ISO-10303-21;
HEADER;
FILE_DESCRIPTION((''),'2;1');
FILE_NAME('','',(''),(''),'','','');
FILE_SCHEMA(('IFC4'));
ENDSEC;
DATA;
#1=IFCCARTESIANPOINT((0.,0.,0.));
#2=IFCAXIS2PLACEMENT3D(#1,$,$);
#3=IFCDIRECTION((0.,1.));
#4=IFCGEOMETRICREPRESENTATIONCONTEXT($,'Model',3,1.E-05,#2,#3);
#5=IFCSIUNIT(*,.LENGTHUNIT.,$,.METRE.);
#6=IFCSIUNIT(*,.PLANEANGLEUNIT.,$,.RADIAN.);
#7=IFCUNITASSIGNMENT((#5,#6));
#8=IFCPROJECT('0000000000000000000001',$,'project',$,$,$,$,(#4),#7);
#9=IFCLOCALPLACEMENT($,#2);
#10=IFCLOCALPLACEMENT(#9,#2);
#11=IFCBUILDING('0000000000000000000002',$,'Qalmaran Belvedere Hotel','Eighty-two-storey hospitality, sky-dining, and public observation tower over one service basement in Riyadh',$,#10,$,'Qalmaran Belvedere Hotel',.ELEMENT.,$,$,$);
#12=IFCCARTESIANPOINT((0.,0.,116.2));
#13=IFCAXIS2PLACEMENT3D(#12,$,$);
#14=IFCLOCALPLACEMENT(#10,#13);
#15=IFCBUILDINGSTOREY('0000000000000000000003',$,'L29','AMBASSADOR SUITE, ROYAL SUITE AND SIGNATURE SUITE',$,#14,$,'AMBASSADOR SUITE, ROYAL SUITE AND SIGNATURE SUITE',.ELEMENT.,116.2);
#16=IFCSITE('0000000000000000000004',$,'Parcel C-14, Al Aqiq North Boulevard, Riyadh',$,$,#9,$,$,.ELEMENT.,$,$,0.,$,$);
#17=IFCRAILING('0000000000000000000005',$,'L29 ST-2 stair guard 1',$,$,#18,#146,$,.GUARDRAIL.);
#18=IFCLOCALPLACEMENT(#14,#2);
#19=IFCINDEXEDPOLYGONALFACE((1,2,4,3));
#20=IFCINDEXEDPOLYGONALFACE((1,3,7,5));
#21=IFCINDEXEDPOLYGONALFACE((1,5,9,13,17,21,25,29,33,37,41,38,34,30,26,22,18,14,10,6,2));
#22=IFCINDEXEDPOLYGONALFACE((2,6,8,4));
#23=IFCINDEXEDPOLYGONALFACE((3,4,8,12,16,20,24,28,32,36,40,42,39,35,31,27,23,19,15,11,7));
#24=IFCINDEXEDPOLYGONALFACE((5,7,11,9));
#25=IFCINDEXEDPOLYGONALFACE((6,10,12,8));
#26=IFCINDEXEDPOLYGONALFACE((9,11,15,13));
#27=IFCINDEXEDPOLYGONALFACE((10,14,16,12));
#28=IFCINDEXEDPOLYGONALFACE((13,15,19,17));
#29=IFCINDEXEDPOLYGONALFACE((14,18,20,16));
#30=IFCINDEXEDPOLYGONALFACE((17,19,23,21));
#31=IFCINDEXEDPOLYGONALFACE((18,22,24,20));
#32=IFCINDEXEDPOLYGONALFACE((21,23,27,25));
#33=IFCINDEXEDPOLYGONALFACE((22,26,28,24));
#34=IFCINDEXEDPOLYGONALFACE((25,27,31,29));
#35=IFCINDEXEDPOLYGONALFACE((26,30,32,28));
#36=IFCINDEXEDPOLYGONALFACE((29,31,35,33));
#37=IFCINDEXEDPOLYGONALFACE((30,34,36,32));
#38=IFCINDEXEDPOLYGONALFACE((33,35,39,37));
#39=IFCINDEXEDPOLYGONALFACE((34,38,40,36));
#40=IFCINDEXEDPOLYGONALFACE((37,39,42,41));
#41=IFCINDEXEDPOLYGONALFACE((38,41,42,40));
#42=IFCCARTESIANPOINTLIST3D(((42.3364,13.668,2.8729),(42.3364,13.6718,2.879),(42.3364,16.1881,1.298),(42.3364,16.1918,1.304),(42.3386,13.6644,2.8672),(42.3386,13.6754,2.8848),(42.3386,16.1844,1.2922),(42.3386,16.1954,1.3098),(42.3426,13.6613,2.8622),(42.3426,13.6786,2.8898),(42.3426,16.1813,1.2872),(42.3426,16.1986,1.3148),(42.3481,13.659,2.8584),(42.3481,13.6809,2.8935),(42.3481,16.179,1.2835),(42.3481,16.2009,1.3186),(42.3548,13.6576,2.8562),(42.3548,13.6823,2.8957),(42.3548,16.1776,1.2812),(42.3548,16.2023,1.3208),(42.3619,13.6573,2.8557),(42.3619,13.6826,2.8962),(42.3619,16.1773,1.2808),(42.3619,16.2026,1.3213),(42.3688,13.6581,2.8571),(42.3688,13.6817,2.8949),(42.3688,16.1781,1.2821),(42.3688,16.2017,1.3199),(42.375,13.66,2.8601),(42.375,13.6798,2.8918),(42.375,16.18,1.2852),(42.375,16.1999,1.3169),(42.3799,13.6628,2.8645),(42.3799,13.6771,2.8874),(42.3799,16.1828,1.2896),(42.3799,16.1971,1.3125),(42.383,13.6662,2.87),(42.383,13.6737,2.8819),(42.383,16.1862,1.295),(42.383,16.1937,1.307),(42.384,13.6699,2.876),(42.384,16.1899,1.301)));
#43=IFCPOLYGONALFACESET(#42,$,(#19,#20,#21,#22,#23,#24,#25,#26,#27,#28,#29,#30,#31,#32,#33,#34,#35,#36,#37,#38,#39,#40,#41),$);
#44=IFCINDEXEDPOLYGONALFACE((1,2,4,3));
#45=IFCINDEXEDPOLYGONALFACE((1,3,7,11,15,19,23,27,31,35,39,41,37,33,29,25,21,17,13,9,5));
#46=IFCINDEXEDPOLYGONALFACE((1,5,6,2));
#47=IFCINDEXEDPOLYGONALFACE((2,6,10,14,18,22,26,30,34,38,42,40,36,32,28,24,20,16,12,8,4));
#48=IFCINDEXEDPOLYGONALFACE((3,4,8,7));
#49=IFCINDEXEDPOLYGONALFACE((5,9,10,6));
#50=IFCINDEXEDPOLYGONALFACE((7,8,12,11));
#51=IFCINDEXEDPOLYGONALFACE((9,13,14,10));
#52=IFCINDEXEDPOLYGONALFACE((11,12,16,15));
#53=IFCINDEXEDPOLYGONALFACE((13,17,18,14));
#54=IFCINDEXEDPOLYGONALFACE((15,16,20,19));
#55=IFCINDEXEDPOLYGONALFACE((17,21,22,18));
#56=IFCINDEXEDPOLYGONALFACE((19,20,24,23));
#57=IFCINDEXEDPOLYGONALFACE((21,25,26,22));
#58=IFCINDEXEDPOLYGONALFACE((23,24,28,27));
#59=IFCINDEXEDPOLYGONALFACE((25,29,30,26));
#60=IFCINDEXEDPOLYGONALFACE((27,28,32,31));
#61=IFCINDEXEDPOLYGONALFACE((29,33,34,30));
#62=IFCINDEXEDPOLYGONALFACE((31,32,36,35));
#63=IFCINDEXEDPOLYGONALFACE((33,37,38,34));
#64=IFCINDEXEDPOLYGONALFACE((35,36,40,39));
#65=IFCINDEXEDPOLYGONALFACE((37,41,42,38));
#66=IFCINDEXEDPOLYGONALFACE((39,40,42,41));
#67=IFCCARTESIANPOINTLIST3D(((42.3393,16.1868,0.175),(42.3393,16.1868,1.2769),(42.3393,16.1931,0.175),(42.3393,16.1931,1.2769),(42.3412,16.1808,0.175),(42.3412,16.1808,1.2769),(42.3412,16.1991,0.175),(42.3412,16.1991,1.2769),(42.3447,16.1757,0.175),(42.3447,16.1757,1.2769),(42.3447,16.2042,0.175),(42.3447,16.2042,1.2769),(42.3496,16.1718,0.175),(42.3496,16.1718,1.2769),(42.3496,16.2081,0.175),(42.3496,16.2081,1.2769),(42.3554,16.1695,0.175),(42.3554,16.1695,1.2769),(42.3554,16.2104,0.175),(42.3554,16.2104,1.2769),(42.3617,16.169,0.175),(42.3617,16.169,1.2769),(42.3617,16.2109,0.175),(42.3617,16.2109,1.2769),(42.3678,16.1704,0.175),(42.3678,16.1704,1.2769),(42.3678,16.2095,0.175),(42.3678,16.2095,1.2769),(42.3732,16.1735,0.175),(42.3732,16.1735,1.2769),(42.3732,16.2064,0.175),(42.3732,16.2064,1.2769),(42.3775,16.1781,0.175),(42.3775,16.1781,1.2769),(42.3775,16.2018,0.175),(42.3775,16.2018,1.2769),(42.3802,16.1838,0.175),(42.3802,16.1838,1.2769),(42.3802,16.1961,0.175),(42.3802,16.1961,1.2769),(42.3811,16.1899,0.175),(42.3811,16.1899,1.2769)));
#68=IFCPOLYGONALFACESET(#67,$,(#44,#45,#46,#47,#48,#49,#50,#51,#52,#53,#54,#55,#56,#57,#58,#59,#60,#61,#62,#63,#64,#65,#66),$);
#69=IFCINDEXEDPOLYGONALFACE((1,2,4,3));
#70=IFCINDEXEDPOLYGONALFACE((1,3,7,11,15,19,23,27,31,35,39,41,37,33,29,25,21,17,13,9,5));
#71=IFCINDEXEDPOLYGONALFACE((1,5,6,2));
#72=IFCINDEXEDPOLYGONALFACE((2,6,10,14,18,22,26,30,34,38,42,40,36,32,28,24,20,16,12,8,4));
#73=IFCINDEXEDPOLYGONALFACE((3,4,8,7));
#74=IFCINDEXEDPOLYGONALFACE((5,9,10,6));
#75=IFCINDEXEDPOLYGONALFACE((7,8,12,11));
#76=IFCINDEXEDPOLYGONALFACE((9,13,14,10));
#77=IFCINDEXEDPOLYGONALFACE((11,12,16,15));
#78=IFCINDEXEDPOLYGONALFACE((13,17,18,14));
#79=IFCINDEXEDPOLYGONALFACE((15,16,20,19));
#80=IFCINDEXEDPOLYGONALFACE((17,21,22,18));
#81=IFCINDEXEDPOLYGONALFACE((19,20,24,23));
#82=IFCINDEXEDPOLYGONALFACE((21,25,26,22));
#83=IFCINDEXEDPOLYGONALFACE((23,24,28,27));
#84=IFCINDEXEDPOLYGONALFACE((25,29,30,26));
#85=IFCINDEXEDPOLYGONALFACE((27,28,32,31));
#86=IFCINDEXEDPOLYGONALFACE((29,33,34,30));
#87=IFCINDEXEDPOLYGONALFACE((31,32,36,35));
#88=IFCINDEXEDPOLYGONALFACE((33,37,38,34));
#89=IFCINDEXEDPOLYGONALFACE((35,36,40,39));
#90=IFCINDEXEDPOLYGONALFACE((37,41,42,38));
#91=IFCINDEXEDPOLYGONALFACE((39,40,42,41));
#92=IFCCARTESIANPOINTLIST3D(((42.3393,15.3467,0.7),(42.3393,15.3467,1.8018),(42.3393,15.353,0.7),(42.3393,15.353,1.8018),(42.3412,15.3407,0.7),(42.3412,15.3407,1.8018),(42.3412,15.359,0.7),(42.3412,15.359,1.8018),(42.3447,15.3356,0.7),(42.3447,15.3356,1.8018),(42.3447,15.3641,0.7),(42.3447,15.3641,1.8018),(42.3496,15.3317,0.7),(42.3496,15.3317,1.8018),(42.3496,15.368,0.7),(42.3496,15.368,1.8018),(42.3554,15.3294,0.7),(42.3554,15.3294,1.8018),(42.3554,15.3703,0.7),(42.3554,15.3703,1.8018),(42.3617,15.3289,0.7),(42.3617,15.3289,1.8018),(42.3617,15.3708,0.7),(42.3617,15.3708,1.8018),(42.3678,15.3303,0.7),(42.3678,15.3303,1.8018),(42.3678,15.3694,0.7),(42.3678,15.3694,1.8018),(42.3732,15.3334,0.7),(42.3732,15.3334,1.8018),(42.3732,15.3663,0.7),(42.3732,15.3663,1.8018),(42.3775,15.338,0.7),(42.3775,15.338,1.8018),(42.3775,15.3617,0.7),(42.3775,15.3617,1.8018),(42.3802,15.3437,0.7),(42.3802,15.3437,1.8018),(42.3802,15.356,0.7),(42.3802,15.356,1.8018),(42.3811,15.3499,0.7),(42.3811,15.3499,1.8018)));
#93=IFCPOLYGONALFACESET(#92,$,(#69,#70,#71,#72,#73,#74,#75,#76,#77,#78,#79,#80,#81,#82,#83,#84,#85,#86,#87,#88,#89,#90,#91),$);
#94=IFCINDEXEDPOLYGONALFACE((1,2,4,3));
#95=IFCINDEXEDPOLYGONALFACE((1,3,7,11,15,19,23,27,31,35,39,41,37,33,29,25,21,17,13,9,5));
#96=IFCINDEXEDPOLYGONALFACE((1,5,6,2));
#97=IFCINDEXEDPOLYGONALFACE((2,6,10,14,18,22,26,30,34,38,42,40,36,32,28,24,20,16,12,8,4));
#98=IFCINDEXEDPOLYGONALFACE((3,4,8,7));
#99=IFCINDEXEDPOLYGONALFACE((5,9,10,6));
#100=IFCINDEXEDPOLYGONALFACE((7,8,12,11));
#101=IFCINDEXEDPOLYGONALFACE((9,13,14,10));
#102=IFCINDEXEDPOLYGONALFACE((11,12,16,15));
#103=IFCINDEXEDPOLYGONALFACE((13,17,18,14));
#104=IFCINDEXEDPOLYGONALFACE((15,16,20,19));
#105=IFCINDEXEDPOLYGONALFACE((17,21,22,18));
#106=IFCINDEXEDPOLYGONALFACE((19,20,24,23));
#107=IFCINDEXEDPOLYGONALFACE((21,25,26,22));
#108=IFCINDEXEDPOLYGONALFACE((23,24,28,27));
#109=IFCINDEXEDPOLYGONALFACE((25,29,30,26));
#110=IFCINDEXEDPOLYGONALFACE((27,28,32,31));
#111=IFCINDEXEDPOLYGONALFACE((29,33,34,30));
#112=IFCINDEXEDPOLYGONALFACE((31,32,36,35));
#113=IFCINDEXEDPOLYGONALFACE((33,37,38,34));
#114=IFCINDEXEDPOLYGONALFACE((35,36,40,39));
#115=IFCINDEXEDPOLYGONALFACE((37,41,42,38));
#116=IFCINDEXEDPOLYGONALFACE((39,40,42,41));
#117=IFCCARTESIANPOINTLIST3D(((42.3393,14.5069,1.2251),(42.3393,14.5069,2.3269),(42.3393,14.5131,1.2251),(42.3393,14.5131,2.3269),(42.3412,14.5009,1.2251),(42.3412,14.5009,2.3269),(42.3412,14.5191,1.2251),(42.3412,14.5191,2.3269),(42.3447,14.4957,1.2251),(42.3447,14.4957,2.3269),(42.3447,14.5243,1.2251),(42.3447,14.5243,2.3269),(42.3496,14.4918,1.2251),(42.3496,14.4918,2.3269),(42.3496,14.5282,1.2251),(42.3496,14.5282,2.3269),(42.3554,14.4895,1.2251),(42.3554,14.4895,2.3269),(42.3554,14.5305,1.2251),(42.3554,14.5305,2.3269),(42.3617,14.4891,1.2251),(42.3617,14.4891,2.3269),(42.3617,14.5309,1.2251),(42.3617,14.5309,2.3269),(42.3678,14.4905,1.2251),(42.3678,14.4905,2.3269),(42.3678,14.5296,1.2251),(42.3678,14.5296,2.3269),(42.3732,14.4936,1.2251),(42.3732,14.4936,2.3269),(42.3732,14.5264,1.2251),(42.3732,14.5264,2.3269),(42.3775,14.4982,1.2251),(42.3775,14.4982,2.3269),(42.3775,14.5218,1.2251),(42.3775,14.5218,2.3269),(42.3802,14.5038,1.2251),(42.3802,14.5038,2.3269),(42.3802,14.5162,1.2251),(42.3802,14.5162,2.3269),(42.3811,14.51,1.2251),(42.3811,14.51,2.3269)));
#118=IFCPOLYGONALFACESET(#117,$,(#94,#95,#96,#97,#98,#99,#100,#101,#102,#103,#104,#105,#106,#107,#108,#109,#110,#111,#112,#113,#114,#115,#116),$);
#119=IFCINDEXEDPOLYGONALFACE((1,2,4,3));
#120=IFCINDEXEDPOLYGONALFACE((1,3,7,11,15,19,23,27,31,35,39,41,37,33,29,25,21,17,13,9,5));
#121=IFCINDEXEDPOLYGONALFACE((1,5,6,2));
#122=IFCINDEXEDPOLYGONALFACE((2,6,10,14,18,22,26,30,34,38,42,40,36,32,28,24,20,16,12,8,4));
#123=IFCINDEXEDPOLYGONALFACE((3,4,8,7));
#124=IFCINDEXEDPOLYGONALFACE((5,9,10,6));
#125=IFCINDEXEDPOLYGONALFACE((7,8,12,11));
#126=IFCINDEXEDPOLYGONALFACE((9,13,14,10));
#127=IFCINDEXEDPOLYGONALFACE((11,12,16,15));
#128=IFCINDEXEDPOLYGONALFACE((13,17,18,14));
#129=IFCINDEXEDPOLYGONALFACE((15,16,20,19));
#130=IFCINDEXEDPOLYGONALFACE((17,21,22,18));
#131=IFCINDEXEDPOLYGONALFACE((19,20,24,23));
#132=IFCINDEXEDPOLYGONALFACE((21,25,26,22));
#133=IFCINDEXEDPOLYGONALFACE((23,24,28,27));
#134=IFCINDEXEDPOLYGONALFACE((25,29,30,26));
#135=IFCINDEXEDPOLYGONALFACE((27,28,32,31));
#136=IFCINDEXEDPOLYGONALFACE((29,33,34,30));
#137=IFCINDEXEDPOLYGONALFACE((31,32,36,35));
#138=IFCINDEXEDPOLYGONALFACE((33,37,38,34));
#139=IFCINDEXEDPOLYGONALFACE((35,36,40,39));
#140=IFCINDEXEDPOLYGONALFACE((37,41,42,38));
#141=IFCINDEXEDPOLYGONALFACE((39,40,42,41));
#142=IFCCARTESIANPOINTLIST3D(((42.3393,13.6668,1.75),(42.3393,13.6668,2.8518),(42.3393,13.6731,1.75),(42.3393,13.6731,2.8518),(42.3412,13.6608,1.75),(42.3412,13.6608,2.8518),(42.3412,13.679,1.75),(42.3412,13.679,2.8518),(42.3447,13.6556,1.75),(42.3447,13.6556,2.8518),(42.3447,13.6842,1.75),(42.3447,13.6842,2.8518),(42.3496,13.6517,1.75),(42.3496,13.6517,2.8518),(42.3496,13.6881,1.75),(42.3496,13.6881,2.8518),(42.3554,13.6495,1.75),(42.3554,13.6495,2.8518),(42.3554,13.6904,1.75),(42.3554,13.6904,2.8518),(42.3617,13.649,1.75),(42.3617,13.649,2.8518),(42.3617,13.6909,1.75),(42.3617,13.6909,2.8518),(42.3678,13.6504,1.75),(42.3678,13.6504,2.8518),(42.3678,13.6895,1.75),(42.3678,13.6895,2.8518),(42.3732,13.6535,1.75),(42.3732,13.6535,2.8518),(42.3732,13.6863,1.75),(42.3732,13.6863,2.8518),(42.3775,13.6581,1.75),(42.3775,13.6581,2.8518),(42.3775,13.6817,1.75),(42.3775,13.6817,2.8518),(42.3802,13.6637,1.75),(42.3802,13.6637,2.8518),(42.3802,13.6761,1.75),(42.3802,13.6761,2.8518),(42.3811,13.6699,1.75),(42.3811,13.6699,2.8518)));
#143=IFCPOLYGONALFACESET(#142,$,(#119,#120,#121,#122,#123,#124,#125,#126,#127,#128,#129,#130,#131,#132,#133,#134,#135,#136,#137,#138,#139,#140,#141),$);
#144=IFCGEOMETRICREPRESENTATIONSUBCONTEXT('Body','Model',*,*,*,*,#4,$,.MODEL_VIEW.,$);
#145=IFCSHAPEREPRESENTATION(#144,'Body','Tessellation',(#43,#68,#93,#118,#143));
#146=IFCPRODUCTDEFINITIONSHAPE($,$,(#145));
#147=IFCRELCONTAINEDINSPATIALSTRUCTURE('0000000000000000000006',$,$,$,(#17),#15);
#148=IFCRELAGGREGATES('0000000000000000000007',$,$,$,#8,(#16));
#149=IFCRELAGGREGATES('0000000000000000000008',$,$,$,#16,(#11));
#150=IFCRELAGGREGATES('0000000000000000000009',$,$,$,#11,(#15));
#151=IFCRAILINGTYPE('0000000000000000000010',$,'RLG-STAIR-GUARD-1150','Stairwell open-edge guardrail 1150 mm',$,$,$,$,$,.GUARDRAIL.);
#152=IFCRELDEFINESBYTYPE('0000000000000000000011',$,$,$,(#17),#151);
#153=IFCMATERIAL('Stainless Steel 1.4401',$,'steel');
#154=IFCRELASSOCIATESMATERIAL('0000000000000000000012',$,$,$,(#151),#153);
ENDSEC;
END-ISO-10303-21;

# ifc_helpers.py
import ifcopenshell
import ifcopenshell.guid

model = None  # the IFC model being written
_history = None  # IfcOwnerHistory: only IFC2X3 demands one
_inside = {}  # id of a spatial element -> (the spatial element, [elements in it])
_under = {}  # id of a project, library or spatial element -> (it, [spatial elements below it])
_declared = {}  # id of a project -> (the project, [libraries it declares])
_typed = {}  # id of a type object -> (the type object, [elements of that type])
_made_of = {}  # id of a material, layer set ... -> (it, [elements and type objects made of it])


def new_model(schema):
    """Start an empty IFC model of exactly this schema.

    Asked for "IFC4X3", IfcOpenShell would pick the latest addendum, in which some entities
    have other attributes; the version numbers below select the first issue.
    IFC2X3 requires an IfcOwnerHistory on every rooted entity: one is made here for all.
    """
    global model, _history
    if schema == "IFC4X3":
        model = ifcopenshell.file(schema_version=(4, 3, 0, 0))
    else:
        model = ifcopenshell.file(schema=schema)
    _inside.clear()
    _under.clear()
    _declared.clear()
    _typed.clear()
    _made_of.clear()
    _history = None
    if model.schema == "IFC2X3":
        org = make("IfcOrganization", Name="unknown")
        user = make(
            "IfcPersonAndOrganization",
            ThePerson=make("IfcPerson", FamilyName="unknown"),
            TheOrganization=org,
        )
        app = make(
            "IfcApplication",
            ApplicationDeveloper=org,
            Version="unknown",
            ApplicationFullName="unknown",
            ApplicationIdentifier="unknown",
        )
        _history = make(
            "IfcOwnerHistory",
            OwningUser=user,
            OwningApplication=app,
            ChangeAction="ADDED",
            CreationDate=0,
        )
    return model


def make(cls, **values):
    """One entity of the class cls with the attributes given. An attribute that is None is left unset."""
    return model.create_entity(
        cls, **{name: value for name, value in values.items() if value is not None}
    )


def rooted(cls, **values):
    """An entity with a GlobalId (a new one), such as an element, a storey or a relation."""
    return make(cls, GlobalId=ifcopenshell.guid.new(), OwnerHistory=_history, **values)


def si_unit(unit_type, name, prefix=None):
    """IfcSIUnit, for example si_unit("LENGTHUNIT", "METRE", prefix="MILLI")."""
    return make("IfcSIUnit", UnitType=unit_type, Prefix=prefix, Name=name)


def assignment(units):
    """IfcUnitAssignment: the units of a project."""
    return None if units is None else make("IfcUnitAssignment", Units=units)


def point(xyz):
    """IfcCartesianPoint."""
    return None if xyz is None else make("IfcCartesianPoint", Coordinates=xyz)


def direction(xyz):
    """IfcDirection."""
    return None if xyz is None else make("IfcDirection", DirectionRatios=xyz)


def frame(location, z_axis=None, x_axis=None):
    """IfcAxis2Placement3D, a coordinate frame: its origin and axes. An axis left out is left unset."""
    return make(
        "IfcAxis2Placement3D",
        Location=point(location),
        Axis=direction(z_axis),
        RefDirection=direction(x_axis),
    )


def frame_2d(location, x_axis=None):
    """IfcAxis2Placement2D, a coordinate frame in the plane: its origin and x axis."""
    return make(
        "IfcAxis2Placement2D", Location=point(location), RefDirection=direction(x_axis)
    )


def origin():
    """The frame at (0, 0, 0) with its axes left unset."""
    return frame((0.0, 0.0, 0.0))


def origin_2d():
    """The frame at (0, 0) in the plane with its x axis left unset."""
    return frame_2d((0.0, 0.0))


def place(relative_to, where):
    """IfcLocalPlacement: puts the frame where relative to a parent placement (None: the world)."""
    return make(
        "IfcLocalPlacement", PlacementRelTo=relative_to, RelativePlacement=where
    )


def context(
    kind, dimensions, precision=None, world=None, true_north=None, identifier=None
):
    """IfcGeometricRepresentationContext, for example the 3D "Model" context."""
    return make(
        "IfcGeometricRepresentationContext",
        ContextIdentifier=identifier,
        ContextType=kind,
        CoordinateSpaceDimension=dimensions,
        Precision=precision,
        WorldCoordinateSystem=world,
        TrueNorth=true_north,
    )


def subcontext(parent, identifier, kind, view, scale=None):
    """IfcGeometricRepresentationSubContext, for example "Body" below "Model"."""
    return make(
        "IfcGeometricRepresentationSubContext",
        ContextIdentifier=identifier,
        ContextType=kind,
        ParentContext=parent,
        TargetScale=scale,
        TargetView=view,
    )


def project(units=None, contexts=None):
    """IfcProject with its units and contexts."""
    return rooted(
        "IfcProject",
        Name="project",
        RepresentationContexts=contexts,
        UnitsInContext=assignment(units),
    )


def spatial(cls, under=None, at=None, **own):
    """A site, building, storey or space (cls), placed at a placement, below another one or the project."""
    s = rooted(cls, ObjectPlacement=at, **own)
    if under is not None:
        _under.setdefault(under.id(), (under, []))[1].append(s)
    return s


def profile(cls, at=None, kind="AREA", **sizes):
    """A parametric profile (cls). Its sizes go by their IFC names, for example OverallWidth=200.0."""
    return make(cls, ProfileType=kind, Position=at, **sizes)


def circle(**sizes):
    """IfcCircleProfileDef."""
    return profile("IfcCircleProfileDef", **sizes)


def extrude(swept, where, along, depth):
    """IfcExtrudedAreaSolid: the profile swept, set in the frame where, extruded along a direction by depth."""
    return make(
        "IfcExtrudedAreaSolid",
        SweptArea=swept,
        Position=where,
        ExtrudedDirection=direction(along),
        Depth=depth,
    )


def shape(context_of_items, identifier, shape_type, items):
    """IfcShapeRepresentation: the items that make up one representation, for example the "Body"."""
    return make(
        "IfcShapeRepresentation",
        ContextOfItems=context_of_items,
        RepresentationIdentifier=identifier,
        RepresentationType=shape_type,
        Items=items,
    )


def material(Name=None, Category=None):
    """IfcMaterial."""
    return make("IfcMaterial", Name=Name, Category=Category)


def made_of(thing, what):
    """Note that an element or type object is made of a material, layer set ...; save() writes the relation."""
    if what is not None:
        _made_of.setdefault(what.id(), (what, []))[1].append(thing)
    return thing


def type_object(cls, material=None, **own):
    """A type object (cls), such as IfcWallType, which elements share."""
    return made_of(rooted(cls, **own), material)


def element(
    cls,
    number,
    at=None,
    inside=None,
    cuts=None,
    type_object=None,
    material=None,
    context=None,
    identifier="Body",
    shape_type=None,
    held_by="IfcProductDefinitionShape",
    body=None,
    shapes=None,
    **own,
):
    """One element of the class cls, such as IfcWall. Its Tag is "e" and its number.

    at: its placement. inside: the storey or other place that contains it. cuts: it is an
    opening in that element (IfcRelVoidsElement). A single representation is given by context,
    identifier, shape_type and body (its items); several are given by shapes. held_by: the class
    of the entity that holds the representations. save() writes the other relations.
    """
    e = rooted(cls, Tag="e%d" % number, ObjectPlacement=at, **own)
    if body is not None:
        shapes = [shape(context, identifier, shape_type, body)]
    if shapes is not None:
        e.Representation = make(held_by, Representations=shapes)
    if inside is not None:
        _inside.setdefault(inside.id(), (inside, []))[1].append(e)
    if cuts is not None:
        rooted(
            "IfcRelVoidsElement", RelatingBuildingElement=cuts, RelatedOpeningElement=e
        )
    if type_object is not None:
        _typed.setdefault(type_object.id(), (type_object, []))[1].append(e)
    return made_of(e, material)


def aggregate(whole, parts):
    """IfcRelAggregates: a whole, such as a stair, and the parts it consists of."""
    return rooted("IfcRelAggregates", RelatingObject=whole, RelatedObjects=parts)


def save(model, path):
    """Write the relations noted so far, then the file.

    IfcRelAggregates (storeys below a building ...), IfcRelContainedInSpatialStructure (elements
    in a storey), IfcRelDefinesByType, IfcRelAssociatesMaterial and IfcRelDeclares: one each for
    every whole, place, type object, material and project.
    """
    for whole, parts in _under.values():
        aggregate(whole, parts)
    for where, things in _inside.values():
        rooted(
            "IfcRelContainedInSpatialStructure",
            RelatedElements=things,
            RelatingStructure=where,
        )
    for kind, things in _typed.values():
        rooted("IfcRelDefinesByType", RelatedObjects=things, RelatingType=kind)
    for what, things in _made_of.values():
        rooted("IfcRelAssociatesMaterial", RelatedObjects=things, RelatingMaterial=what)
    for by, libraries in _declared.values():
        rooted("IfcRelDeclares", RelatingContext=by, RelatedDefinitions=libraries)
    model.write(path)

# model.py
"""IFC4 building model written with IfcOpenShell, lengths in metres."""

from ifc_helpers import new_model, si_unit, direction, frame, origin, origin_2d, place, context, subcontext, project, spatial, circle, extrude, material, type_object, element, save


model = new_model("IFC4")

# Units and contexts
model_context = context("Model", 3, precision=1e-05, world=origin(), true_north=direction((0.0, 1.0)))
body_context = subcontext(model_context, "Body", "Model", "MODEL_VIEW")
ifc_project = project(units=[si_unit("LENGTHUNIT", "METRE"), si_unit("PLANEANGLEUNIT", "RADIAN")], contexts=[model_context])

# Site, building, storey
site_placement = place(None, origin())
site = spatial("IfcSite", under=ifc_project, at=site_placement, Name="Parcel C-14, Al Aqiq North Boulevard, Riyadh", CompositionType="ELEMENT", RefElevation=0.0)
building_placement = place(site_placement, origin())
building = spatial("IfcBuilding", under=site, at=building_placement, Name="Qalmaran Belvedere Hotel", Description="Eighty-two-storey hospitality, sky-dining, and public observation tower over one service basement in Riyadh", LongName="Qalmaran Belvedere Hotel", CompositionType="ELEMENT")
storey_placement = place(building_placement, frame((0.0, 0.0, 116.2)))
storey = spatial("IfcBuildingStorey", under=building, at=storey_placement, Name="L29", Description="AMBASSADOR SUITE, ROYAL SUITE AND SIGNATURE SUITE", LongName="AMBASSADOR SUITE, ROYAL SUITE AND SIGNATURE SUITE", CompositionType="ELEMENT", Elevation=116.2)

# Shared definitions
ifc_material_1 = material(Name="Stainless Steel 1.4401", Category="steel")

# Railing
railing_type_1 = type_object("IfcRailingType", Name="RLG-STAIR-GUARD-1150", Description="Stairwell open-edge guardrail 1150 mm", PredefinedType="GUARDRAIL", material=ifc_material_1)
railing_1_placement = place(storey_placement, frame((42.3601, 16.1899, 0.175)))
element("IfcRailing", 1, at=railing_1_placement, inside=storey, type_object=railing_type_1, Name="L29 ST-2 stair guard 1", PredefinedType="GUARDRAIL", context=body_context, shape_type="SweptSolid", body=[
    extrude(circle(Radius=0.0239, at=origin_2d()), frame((0.0, 0.0, 1.126), z_axis=(0.0, -0.848008, 0.529984), x_axis=(1.0, 0.0, 0.0)), (0.0, 0.0, 1.0), 2.9717),
    extrude(circle(Radius=0.021, at=origin_2d()), origin(), (0.0, 0.0, 1.0), 1.1018),
    extrude(circle(Radius=0.021, at=origin_2d()), frame((0.0, -0.8401, 0.5249)), (0.0, 0.0, 1.0), 1.1018),
    extrude(circle(Radius=0.021, at=origin_2d()), frame((0.0, -1.6799, 1.05)), (0.0, 0.0, 1.0), 1.1018),
    extrude(circle(Radius=0.021, at=origin_2d()), frame((0.0, -2.52, 1.575)), (0.0, 0.0, 1.0), 1.1018),
])

save(model, "model.ifc")
